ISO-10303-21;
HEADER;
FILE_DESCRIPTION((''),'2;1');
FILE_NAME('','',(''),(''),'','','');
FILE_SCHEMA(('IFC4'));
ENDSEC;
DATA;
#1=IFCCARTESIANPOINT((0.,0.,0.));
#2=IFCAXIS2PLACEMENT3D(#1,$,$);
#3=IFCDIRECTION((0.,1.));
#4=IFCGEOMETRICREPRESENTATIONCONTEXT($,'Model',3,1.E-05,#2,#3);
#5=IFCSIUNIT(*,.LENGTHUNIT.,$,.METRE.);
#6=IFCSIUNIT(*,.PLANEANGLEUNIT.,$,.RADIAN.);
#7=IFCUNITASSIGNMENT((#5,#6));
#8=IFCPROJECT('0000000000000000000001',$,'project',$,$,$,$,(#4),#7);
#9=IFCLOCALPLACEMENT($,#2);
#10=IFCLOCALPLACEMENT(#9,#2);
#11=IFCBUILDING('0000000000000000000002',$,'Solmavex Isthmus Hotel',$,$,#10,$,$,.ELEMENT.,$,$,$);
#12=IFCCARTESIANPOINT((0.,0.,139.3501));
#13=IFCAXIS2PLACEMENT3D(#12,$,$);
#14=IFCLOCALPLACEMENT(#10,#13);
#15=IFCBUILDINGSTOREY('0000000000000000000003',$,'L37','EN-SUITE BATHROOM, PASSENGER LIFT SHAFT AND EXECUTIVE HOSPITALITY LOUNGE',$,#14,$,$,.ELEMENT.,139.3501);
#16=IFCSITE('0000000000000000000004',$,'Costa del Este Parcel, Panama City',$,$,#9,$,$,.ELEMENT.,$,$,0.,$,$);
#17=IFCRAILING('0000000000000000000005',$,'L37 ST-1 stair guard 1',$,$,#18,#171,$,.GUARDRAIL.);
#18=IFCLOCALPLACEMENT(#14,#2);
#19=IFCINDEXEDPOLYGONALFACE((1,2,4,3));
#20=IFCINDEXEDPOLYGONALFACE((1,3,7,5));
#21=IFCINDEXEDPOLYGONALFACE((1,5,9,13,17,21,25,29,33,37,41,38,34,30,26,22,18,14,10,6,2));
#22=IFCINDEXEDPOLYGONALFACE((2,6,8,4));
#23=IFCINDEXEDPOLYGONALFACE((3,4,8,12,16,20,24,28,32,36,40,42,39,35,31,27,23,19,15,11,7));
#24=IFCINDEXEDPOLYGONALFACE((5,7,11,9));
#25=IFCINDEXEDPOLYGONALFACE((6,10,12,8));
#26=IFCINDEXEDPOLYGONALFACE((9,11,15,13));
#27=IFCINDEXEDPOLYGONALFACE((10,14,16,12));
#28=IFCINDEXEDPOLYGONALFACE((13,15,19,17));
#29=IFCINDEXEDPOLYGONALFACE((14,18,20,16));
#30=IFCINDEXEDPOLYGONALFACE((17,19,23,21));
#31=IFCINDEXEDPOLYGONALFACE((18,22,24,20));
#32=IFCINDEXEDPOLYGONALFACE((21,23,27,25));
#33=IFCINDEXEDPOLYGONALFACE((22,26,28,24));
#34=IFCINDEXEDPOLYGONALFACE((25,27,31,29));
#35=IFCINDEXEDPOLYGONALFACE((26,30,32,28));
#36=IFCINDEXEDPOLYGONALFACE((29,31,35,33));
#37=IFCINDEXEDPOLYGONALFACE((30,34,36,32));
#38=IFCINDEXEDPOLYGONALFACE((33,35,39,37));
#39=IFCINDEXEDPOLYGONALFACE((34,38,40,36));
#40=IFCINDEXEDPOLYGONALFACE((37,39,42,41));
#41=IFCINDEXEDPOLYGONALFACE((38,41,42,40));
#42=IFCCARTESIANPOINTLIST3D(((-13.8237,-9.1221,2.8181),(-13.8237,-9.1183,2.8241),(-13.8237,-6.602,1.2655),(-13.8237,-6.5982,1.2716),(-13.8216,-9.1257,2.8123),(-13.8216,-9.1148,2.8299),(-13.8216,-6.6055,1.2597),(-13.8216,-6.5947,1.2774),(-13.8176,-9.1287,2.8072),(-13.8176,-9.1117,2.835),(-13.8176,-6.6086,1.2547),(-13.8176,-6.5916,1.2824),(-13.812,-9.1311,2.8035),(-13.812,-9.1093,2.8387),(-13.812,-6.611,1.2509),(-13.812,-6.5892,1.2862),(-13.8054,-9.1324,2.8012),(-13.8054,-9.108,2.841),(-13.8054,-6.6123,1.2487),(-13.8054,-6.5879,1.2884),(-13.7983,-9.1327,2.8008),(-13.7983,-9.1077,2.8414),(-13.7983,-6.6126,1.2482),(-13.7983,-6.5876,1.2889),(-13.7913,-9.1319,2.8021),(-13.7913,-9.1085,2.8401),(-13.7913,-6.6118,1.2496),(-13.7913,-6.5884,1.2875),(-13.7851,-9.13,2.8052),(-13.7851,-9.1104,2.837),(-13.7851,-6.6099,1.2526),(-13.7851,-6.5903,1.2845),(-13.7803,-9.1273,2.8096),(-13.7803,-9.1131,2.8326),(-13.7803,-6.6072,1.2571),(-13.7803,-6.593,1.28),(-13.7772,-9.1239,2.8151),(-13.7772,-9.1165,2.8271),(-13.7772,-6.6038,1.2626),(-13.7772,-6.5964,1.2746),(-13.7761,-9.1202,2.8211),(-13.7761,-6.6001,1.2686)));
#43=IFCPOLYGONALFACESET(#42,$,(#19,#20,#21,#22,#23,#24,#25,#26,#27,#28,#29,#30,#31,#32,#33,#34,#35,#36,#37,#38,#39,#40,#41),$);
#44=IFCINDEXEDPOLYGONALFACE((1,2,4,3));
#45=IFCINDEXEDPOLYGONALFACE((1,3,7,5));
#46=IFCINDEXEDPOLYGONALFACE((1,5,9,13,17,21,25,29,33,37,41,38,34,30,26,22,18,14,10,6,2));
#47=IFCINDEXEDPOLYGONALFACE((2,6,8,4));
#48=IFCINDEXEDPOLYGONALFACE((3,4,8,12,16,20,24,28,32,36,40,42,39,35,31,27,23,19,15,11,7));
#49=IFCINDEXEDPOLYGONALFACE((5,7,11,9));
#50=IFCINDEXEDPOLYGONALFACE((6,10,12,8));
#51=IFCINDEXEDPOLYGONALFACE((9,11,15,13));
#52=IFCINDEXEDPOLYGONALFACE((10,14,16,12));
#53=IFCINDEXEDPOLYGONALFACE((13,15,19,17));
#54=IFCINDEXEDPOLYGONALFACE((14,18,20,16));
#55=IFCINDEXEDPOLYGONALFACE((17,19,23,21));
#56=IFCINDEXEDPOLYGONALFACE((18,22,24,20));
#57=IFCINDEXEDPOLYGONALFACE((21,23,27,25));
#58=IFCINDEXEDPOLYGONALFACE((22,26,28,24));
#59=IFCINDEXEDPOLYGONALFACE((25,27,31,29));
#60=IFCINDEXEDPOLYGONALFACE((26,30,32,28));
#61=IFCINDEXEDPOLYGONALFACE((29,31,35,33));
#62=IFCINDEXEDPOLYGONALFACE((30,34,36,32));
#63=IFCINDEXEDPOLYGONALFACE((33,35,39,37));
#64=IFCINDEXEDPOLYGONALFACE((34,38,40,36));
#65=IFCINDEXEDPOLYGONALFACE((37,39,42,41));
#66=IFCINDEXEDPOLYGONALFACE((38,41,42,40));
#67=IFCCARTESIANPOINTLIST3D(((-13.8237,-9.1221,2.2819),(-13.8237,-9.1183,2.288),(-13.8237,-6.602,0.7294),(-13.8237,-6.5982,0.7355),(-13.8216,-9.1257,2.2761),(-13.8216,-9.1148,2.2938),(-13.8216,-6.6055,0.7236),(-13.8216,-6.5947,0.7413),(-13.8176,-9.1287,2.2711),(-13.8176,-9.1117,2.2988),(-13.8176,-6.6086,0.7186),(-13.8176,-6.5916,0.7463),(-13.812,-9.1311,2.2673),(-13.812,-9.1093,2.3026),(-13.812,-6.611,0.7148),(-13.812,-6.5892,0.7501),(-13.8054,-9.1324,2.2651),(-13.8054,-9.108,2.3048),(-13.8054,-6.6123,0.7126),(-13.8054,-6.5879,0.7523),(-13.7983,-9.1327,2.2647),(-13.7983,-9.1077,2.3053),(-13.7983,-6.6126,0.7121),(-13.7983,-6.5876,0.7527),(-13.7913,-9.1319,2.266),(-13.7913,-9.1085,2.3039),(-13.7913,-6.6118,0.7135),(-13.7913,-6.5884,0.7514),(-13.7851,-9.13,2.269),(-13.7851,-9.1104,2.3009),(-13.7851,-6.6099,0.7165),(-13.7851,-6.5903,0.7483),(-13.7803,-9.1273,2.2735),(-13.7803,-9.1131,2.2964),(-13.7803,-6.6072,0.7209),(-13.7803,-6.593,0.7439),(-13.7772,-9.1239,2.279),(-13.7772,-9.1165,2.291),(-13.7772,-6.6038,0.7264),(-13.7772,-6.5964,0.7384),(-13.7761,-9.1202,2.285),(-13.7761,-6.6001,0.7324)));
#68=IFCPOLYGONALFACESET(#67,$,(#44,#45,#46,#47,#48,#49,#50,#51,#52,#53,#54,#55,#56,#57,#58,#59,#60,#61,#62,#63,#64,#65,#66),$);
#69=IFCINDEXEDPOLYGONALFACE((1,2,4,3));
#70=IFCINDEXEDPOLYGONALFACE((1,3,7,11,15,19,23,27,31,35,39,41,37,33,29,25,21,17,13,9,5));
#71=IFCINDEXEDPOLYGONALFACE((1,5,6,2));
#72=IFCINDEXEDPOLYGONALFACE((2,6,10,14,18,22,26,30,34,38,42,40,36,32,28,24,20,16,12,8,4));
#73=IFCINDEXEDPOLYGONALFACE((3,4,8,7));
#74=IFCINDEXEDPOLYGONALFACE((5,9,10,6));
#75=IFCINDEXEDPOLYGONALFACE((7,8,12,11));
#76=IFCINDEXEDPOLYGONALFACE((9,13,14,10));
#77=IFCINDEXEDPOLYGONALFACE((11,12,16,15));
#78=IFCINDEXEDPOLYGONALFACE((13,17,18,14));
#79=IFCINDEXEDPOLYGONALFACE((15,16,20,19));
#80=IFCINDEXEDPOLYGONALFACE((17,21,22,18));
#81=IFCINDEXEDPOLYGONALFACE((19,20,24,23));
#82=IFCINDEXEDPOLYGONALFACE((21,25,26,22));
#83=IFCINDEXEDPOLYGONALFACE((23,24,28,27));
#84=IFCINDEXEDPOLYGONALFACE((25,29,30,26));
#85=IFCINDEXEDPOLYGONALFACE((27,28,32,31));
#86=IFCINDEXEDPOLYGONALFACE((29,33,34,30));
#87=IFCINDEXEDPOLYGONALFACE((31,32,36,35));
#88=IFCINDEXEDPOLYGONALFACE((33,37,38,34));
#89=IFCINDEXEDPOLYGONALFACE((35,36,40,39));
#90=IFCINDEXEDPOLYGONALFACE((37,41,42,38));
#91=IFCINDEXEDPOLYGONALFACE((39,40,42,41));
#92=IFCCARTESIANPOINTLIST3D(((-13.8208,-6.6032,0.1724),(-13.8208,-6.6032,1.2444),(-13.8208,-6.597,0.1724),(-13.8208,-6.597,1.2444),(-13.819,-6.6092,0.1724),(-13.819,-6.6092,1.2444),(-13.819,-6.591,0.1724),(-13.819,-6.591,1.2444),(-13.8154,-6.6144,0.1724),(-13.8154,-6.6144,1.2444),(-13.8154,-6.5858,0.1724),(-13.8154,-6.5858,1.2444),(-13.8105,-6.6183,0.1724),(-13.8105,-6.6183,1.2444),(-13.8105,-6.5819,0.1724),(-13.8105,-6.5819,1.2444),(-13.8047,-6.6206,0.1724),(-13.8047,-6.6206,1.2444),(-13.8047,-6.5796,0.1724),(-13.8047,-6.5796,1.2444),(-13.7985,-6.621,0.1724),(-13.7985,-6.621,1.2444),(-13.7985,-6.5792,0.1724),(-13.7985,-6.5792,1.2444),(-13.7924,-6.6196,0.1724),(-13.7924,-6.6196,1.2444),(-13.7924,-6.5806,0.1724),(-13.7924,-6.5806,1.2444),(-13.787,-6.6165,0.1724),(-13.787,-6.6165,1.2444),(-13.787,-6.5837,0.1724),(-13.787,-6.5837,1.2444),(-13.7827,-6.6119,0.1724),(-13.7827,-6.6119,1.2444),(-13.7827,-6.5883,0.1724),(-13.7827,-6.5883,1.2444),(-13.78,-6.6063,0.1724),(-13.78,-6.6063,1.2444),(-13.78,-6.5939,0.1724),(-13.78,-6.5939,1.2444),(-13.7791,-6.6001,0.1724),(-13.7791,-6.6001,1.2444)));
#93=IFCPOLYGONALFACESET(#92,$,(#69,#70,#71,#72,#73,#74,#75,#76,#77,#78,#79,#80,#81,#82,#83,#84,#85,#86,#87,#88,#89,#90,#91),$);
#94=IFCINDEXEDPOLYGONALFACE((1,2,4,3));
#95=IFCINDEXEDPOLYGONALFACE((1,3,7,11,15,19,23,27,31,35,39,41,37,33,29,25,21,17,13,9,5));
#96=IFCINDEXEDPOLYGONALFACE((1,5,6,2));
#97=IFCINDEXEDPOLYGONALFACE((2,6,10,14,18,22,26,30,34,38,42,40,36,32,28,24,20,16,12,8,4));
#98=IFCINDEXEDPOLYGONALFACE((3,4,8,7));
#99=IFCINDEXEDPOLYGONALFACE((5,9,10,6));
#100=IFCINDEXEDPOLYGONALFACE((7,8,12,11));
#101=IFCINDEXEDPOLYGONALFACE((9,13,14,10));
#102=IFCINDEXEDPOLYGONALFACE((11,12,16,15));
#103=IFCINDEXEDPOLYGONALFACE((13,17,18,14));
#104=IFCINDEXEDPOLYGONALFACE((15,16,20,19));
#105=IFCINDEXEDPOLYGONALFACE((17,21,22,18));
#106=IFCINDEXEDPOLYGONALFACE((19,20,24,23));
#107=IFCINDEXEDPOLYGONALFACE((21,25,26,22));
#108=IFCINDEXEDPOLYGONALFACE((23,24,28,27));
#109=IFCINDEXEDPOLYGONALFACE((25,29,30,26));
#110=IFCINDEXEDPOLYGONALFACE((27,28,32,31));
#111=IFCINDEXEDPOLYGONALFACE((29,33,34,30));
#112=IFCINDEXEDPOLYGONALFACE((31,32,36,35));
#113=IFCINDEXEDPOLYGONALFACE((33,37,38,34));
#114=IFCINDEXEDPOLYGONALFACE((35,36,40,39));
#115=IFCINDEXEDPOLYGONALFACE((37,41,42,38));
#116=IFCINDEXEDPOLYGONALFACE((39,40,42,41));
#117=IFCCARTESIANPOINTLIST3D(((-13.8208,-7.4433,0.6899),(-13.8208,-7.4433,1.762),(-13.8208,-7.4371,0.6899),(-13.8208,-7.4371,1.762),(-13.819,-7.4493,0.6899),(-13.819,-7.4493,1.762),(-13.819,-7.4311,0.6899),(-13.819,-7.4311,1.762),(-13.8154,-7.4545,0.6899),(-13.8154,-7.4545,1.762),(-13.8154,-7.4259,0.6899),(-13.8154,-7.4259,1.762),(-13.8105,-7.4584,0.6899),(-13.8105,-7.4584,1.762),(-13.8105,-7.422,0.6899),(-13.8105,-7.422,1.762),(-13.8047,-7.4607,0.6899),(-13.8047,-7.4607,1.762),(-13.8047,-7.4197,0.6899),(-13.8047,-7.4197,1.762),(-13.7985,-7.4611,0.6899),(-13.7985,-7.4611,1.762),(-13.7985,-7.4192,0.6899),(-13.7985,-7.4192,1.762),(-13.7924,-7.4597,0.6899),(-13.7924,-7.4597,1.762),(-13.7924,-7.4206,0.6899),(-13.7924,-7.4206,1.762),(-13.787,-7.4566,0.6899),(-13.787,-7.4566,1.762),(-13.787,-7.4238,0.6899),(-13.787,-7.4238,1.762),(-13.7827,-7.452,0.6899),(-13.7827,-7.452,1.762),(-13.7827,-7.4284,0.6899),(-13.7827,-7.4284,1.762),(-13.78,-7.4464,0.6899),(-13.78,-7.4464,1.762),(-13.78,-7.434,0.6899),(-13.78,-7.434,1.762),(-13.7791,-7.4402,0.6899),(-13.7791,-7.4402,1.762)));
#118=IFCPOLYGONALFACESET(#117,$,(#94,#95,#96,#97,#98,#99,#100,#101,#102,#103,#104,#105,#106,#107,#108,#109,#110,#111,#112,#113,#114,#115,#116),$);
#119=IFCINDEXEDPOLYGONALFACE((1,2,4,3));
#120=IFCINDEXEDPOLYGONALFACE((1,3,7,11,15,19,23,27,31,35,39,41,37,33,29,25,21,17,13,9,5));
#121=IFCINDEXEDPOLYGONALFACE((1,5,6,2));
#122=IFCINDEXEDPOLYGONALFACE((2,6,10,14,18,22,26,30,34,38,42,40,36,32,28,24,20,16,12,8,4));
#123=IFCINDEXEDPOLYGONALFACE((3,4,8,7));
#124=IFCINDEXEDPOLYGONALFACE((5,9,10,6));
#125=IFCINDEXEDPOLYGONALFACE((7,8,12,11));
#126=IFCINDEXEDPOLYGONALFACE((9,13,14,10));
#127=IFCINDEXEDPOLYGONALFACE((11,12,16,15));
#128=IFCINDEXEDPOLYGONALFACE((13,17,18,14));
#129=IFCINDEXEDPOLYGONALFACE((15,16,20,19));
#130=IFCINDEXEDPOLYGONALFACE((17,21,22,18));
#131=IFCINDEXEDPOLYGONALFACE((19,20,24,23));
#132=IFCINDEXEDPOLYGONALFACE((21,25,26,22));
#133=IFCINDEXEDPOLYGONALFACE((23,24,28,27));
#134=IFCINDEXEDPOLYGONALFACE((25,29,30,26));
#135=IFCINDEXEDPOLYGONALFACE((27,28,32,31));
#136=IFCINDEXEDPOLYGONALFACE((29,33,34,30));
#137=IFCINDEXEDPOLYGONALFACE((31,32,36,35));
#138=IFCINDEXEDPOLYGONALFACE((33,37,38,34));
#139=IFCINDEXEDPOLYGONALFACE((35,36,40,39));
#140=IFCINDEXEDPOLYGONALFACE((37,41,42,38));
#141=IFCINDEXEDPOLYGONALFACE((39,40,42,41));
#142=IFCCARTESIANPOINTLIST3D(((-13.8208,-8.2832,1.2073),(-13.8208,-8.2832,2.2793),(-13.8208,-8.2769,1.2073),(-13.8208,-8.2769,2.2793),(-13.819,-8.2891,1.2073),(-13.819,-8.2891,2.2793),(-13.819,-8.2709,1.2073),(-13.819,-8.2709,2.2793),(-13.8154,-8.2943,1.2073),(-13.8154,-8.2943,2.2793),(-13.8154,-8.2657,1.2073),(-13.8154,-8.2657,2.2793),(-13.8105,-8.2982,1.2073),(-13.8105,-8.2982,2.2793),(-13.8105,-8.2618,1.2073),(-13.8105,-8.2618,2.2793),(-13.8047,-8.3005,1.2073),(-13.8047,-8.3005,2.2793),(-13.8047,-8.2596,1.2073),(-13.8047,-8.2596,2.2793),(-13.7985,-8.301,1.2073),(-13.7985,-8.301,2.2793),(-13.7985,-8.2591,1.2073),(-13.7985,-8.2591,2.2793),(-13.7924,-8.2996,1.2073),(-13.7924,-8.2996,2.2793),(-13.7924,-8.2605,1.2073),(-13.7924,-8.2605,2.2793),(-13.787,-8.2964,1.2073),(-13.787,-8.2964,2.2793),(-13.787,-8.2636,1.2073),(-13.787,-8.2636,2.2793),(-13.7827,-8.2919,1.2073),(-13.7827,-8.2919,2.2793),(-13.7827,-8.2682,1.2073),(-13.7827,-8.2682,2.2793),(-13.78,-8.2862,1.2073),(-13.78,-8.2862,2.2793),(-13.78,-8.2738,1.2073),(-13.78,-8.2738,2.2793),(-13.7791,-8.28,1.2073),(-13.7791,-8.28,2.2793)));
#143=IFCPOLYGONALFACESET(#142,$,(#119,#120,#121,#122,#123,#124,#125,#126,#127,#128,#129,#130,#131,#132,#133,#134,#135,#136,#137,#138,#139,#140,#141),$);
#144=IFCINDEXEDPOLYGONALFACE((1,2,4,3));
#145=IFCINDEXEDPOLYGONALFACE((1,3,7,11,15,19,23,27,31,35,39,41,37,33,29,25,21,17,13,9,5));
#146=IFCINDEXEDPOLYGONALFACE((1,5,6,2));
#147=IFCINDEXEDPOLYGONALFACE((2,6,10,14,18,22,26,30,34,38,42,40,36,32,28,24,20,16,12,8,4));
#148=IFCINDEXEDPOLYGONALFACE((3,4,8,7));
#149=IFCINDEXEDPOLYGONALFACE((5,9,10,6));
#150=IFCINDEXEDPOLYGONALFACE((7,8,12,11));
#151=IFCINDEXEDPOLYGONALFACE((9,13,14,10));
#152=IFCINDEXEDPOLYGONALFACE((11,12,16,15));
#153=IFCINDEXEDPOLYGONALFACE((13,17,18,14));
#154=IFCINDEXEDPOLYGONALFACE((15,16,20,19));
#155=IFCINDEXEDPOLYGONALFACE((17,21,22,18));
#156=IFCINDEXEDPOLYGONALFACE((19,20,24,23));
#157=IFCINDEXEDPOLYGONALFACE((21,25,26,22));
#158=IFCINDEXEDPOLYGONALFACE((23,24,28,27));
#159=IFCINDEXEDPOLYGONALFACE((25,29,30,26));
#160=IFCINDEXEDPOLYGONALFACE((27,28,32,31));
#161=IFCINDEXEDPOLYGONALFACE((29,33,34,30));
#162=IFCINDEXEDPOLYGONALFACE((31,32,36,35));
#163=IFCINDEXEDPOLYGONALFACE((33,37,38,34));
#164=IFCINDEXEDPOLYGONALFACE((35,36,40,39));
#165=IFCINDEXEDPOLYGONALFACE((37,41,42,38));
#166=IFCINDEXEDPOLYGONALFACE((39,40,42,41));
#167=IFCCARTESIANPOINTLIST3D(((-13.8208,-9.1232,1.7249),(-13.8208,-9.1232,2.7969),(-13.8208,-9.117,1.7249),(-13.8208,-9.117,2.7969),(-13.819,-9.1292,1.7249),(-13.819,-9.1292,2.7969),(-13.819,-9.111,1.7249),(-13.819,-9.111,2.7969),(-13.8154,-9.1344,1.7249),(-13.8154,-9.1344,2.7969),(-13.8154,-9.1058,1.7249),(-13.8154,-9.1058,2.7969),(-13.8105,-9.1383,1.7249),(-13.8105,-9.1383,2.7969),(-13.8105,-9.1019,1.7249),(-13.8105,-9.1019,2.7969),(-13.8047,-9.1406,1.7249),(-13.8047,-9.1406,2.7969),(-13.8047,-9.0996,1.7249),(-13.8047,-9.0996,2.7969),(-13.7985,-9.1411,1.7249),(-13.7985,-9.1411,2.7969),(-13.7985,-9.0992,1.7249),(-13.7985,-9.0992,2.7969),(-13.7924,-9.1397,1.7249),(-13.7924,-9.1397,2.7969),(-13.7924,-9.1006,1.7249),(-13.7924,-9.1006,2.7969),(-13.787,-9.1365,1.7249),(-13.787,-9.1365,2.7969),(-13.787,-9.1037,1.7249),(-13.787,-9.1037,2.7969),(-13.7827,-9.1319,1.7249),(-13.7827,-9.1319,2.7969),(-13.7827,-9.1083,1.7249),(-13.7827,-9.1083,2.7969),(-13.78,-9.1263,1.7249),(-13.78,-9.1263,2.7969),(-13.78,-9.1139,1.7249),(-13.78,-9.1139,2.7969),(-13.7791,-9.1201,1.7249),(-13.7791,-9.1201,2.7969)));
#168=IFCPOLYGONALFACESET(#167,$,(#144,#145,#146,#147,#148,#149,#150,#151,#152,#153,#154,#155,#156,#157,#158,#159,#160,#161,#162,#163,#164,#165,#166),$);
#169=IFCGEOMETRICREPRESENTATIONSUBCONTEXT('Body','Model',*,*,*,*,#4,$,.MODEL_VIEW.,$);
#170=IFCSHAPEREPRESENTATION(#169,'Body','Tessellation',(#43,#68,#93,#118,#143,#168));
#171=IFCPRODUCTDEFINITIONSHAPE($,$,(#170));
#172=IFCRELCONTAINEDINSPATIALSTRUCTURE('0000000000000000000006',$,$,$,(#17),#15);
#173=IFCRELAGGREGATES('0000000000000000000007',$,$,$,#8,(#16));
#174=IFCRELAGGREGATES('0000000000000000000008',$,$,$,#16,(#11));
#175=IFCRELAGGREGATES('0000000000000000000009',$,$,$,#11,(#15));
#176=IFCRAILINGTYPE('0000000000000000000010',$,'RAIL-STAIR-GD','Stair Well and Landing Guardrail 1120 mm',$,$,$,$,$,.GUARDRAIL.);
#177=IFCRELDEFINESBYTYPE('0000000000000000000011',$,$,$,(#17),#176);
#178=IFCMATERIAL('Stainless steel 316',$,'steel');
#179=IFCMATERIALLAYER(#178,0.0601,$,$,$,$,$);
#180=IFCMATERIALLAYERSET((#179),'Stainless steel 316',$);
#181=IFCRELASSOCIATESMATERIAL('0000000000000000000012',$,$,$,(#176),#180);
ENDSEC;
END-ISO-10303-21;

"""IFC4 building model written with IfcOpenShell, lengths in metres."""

from ifc_helpers import new_model, si_unit, direction, frame, origin, origin_2d, place, context, subcontext, project, spatial, circle, extrude, material, layer, layer_set, type_object, element, save


model = new_model("IFC4")

# Units and contexts
model_context = context("Model", 3, precision=1e-05, world=origin(), true_north=direction((0.0, 1.0)))
body_context = subcontext(model_context, "Body", "Model", "MODEL_VIEW")
ifc_project = project(units=[si_unit("LENGTHUNIT", "METRE"), si_unit("PLANEANGLEUNIT", "RADIAN")], contexts=[model_context])

# Site, building, storey
site_placement = place(None, origin())
site = spatial("IfcSite", under=ifc_project, at=site_placement, Name="Costa del Este Parcel, Panama City", CompositionType="ELEMENT", RefElevation=0.0)
building_placement = place(site_placement, origin())
building = spatial("IfcBuilding", under=site, at=building_placement, Name="Solmavex Isthmus Hotel", CompositionType="ELEMENT")
storey_placement = place(building_placement, frame((0.0, 0.0, 139.3501)))
storey = spatial("IfcBuildingStorey", under=building, at=storey_placement, Name="L37", Description="EN-SUITE BATHROOM, PASSENGER LIFT SHAFT AND EXECUTIVE HOSPITALITY LOUNGE", CompositionType="ELEMENT", Elevation=139.3501)

# Railing
ifc_material_1 = material(Name="Stainless steel 316", Category="steel")
ifc_layer_1 = layer(ifc_material_1, 0.0601)
ifc_layer_set_1 = layer_set([ifc_layer_1], Name="Stainless steel 316")
railing_type_1 = type_object("IfcRailingType", Name="RAIL-STAIR-GD", Description="Stair Well and Landing Guardrail 1120 mm", PredefinedType="GUARDRAIL", material=ifc_layer_set_1)
railing_1_placement = place(storey_placement, frame((-13.8, -6.6001, 0.1724)))
element("IfcRailing", 1, at=railing_1_placement, inside=storey, type_object=railing_type_1, Name="L37 ST-1 stair guard 1", PredefinedType="GUARDRAIL", context=body_context, shape_type="SweptSolid", body=[
    extrude(circle(Radius=0.0239, at=origin_2d()), frame((0.0, 0.0, 1.0962), z_axis=(0.0, -0.8514, 0.524516), x_axis=(1.0, 0.0, 0.0)), (0.0, 0.0, 1.0), 2.96),
    extrude(circle(Radius=0.0239, at=origin_2d()), frame((0.0, 0.0, 0.5601), z_axis=(0.0, -0.8514, 0.524516), x_axis=(1.0, 0.0, 0.0)), (0.0, 0.0, 1.0), 2.96),
    extrude(circle(Radius=0.021, at=origin_2d()), origin(), (0.0, 0.0, 1.0), 1.072),
    extrude(circle(Radius=0.021, at=origin_2d()), frame((0.0, -0.8401, 0.5176)), (0.0, 0.0, 1.0), 1.072),
    extrude(circle(Radius=0.021, at=origin_2d()), frame((0.0, -1.6799, 1.0349)), (0.0, 0.0, 1.0), 1.072),
    extrude(circle(Radius=0.021, at=origin_2d()), frame((0.0, -2.52, 1.5525)), (0.0, 0.0, 1.0), 1.072),
])

save(model, "model.ifc")
